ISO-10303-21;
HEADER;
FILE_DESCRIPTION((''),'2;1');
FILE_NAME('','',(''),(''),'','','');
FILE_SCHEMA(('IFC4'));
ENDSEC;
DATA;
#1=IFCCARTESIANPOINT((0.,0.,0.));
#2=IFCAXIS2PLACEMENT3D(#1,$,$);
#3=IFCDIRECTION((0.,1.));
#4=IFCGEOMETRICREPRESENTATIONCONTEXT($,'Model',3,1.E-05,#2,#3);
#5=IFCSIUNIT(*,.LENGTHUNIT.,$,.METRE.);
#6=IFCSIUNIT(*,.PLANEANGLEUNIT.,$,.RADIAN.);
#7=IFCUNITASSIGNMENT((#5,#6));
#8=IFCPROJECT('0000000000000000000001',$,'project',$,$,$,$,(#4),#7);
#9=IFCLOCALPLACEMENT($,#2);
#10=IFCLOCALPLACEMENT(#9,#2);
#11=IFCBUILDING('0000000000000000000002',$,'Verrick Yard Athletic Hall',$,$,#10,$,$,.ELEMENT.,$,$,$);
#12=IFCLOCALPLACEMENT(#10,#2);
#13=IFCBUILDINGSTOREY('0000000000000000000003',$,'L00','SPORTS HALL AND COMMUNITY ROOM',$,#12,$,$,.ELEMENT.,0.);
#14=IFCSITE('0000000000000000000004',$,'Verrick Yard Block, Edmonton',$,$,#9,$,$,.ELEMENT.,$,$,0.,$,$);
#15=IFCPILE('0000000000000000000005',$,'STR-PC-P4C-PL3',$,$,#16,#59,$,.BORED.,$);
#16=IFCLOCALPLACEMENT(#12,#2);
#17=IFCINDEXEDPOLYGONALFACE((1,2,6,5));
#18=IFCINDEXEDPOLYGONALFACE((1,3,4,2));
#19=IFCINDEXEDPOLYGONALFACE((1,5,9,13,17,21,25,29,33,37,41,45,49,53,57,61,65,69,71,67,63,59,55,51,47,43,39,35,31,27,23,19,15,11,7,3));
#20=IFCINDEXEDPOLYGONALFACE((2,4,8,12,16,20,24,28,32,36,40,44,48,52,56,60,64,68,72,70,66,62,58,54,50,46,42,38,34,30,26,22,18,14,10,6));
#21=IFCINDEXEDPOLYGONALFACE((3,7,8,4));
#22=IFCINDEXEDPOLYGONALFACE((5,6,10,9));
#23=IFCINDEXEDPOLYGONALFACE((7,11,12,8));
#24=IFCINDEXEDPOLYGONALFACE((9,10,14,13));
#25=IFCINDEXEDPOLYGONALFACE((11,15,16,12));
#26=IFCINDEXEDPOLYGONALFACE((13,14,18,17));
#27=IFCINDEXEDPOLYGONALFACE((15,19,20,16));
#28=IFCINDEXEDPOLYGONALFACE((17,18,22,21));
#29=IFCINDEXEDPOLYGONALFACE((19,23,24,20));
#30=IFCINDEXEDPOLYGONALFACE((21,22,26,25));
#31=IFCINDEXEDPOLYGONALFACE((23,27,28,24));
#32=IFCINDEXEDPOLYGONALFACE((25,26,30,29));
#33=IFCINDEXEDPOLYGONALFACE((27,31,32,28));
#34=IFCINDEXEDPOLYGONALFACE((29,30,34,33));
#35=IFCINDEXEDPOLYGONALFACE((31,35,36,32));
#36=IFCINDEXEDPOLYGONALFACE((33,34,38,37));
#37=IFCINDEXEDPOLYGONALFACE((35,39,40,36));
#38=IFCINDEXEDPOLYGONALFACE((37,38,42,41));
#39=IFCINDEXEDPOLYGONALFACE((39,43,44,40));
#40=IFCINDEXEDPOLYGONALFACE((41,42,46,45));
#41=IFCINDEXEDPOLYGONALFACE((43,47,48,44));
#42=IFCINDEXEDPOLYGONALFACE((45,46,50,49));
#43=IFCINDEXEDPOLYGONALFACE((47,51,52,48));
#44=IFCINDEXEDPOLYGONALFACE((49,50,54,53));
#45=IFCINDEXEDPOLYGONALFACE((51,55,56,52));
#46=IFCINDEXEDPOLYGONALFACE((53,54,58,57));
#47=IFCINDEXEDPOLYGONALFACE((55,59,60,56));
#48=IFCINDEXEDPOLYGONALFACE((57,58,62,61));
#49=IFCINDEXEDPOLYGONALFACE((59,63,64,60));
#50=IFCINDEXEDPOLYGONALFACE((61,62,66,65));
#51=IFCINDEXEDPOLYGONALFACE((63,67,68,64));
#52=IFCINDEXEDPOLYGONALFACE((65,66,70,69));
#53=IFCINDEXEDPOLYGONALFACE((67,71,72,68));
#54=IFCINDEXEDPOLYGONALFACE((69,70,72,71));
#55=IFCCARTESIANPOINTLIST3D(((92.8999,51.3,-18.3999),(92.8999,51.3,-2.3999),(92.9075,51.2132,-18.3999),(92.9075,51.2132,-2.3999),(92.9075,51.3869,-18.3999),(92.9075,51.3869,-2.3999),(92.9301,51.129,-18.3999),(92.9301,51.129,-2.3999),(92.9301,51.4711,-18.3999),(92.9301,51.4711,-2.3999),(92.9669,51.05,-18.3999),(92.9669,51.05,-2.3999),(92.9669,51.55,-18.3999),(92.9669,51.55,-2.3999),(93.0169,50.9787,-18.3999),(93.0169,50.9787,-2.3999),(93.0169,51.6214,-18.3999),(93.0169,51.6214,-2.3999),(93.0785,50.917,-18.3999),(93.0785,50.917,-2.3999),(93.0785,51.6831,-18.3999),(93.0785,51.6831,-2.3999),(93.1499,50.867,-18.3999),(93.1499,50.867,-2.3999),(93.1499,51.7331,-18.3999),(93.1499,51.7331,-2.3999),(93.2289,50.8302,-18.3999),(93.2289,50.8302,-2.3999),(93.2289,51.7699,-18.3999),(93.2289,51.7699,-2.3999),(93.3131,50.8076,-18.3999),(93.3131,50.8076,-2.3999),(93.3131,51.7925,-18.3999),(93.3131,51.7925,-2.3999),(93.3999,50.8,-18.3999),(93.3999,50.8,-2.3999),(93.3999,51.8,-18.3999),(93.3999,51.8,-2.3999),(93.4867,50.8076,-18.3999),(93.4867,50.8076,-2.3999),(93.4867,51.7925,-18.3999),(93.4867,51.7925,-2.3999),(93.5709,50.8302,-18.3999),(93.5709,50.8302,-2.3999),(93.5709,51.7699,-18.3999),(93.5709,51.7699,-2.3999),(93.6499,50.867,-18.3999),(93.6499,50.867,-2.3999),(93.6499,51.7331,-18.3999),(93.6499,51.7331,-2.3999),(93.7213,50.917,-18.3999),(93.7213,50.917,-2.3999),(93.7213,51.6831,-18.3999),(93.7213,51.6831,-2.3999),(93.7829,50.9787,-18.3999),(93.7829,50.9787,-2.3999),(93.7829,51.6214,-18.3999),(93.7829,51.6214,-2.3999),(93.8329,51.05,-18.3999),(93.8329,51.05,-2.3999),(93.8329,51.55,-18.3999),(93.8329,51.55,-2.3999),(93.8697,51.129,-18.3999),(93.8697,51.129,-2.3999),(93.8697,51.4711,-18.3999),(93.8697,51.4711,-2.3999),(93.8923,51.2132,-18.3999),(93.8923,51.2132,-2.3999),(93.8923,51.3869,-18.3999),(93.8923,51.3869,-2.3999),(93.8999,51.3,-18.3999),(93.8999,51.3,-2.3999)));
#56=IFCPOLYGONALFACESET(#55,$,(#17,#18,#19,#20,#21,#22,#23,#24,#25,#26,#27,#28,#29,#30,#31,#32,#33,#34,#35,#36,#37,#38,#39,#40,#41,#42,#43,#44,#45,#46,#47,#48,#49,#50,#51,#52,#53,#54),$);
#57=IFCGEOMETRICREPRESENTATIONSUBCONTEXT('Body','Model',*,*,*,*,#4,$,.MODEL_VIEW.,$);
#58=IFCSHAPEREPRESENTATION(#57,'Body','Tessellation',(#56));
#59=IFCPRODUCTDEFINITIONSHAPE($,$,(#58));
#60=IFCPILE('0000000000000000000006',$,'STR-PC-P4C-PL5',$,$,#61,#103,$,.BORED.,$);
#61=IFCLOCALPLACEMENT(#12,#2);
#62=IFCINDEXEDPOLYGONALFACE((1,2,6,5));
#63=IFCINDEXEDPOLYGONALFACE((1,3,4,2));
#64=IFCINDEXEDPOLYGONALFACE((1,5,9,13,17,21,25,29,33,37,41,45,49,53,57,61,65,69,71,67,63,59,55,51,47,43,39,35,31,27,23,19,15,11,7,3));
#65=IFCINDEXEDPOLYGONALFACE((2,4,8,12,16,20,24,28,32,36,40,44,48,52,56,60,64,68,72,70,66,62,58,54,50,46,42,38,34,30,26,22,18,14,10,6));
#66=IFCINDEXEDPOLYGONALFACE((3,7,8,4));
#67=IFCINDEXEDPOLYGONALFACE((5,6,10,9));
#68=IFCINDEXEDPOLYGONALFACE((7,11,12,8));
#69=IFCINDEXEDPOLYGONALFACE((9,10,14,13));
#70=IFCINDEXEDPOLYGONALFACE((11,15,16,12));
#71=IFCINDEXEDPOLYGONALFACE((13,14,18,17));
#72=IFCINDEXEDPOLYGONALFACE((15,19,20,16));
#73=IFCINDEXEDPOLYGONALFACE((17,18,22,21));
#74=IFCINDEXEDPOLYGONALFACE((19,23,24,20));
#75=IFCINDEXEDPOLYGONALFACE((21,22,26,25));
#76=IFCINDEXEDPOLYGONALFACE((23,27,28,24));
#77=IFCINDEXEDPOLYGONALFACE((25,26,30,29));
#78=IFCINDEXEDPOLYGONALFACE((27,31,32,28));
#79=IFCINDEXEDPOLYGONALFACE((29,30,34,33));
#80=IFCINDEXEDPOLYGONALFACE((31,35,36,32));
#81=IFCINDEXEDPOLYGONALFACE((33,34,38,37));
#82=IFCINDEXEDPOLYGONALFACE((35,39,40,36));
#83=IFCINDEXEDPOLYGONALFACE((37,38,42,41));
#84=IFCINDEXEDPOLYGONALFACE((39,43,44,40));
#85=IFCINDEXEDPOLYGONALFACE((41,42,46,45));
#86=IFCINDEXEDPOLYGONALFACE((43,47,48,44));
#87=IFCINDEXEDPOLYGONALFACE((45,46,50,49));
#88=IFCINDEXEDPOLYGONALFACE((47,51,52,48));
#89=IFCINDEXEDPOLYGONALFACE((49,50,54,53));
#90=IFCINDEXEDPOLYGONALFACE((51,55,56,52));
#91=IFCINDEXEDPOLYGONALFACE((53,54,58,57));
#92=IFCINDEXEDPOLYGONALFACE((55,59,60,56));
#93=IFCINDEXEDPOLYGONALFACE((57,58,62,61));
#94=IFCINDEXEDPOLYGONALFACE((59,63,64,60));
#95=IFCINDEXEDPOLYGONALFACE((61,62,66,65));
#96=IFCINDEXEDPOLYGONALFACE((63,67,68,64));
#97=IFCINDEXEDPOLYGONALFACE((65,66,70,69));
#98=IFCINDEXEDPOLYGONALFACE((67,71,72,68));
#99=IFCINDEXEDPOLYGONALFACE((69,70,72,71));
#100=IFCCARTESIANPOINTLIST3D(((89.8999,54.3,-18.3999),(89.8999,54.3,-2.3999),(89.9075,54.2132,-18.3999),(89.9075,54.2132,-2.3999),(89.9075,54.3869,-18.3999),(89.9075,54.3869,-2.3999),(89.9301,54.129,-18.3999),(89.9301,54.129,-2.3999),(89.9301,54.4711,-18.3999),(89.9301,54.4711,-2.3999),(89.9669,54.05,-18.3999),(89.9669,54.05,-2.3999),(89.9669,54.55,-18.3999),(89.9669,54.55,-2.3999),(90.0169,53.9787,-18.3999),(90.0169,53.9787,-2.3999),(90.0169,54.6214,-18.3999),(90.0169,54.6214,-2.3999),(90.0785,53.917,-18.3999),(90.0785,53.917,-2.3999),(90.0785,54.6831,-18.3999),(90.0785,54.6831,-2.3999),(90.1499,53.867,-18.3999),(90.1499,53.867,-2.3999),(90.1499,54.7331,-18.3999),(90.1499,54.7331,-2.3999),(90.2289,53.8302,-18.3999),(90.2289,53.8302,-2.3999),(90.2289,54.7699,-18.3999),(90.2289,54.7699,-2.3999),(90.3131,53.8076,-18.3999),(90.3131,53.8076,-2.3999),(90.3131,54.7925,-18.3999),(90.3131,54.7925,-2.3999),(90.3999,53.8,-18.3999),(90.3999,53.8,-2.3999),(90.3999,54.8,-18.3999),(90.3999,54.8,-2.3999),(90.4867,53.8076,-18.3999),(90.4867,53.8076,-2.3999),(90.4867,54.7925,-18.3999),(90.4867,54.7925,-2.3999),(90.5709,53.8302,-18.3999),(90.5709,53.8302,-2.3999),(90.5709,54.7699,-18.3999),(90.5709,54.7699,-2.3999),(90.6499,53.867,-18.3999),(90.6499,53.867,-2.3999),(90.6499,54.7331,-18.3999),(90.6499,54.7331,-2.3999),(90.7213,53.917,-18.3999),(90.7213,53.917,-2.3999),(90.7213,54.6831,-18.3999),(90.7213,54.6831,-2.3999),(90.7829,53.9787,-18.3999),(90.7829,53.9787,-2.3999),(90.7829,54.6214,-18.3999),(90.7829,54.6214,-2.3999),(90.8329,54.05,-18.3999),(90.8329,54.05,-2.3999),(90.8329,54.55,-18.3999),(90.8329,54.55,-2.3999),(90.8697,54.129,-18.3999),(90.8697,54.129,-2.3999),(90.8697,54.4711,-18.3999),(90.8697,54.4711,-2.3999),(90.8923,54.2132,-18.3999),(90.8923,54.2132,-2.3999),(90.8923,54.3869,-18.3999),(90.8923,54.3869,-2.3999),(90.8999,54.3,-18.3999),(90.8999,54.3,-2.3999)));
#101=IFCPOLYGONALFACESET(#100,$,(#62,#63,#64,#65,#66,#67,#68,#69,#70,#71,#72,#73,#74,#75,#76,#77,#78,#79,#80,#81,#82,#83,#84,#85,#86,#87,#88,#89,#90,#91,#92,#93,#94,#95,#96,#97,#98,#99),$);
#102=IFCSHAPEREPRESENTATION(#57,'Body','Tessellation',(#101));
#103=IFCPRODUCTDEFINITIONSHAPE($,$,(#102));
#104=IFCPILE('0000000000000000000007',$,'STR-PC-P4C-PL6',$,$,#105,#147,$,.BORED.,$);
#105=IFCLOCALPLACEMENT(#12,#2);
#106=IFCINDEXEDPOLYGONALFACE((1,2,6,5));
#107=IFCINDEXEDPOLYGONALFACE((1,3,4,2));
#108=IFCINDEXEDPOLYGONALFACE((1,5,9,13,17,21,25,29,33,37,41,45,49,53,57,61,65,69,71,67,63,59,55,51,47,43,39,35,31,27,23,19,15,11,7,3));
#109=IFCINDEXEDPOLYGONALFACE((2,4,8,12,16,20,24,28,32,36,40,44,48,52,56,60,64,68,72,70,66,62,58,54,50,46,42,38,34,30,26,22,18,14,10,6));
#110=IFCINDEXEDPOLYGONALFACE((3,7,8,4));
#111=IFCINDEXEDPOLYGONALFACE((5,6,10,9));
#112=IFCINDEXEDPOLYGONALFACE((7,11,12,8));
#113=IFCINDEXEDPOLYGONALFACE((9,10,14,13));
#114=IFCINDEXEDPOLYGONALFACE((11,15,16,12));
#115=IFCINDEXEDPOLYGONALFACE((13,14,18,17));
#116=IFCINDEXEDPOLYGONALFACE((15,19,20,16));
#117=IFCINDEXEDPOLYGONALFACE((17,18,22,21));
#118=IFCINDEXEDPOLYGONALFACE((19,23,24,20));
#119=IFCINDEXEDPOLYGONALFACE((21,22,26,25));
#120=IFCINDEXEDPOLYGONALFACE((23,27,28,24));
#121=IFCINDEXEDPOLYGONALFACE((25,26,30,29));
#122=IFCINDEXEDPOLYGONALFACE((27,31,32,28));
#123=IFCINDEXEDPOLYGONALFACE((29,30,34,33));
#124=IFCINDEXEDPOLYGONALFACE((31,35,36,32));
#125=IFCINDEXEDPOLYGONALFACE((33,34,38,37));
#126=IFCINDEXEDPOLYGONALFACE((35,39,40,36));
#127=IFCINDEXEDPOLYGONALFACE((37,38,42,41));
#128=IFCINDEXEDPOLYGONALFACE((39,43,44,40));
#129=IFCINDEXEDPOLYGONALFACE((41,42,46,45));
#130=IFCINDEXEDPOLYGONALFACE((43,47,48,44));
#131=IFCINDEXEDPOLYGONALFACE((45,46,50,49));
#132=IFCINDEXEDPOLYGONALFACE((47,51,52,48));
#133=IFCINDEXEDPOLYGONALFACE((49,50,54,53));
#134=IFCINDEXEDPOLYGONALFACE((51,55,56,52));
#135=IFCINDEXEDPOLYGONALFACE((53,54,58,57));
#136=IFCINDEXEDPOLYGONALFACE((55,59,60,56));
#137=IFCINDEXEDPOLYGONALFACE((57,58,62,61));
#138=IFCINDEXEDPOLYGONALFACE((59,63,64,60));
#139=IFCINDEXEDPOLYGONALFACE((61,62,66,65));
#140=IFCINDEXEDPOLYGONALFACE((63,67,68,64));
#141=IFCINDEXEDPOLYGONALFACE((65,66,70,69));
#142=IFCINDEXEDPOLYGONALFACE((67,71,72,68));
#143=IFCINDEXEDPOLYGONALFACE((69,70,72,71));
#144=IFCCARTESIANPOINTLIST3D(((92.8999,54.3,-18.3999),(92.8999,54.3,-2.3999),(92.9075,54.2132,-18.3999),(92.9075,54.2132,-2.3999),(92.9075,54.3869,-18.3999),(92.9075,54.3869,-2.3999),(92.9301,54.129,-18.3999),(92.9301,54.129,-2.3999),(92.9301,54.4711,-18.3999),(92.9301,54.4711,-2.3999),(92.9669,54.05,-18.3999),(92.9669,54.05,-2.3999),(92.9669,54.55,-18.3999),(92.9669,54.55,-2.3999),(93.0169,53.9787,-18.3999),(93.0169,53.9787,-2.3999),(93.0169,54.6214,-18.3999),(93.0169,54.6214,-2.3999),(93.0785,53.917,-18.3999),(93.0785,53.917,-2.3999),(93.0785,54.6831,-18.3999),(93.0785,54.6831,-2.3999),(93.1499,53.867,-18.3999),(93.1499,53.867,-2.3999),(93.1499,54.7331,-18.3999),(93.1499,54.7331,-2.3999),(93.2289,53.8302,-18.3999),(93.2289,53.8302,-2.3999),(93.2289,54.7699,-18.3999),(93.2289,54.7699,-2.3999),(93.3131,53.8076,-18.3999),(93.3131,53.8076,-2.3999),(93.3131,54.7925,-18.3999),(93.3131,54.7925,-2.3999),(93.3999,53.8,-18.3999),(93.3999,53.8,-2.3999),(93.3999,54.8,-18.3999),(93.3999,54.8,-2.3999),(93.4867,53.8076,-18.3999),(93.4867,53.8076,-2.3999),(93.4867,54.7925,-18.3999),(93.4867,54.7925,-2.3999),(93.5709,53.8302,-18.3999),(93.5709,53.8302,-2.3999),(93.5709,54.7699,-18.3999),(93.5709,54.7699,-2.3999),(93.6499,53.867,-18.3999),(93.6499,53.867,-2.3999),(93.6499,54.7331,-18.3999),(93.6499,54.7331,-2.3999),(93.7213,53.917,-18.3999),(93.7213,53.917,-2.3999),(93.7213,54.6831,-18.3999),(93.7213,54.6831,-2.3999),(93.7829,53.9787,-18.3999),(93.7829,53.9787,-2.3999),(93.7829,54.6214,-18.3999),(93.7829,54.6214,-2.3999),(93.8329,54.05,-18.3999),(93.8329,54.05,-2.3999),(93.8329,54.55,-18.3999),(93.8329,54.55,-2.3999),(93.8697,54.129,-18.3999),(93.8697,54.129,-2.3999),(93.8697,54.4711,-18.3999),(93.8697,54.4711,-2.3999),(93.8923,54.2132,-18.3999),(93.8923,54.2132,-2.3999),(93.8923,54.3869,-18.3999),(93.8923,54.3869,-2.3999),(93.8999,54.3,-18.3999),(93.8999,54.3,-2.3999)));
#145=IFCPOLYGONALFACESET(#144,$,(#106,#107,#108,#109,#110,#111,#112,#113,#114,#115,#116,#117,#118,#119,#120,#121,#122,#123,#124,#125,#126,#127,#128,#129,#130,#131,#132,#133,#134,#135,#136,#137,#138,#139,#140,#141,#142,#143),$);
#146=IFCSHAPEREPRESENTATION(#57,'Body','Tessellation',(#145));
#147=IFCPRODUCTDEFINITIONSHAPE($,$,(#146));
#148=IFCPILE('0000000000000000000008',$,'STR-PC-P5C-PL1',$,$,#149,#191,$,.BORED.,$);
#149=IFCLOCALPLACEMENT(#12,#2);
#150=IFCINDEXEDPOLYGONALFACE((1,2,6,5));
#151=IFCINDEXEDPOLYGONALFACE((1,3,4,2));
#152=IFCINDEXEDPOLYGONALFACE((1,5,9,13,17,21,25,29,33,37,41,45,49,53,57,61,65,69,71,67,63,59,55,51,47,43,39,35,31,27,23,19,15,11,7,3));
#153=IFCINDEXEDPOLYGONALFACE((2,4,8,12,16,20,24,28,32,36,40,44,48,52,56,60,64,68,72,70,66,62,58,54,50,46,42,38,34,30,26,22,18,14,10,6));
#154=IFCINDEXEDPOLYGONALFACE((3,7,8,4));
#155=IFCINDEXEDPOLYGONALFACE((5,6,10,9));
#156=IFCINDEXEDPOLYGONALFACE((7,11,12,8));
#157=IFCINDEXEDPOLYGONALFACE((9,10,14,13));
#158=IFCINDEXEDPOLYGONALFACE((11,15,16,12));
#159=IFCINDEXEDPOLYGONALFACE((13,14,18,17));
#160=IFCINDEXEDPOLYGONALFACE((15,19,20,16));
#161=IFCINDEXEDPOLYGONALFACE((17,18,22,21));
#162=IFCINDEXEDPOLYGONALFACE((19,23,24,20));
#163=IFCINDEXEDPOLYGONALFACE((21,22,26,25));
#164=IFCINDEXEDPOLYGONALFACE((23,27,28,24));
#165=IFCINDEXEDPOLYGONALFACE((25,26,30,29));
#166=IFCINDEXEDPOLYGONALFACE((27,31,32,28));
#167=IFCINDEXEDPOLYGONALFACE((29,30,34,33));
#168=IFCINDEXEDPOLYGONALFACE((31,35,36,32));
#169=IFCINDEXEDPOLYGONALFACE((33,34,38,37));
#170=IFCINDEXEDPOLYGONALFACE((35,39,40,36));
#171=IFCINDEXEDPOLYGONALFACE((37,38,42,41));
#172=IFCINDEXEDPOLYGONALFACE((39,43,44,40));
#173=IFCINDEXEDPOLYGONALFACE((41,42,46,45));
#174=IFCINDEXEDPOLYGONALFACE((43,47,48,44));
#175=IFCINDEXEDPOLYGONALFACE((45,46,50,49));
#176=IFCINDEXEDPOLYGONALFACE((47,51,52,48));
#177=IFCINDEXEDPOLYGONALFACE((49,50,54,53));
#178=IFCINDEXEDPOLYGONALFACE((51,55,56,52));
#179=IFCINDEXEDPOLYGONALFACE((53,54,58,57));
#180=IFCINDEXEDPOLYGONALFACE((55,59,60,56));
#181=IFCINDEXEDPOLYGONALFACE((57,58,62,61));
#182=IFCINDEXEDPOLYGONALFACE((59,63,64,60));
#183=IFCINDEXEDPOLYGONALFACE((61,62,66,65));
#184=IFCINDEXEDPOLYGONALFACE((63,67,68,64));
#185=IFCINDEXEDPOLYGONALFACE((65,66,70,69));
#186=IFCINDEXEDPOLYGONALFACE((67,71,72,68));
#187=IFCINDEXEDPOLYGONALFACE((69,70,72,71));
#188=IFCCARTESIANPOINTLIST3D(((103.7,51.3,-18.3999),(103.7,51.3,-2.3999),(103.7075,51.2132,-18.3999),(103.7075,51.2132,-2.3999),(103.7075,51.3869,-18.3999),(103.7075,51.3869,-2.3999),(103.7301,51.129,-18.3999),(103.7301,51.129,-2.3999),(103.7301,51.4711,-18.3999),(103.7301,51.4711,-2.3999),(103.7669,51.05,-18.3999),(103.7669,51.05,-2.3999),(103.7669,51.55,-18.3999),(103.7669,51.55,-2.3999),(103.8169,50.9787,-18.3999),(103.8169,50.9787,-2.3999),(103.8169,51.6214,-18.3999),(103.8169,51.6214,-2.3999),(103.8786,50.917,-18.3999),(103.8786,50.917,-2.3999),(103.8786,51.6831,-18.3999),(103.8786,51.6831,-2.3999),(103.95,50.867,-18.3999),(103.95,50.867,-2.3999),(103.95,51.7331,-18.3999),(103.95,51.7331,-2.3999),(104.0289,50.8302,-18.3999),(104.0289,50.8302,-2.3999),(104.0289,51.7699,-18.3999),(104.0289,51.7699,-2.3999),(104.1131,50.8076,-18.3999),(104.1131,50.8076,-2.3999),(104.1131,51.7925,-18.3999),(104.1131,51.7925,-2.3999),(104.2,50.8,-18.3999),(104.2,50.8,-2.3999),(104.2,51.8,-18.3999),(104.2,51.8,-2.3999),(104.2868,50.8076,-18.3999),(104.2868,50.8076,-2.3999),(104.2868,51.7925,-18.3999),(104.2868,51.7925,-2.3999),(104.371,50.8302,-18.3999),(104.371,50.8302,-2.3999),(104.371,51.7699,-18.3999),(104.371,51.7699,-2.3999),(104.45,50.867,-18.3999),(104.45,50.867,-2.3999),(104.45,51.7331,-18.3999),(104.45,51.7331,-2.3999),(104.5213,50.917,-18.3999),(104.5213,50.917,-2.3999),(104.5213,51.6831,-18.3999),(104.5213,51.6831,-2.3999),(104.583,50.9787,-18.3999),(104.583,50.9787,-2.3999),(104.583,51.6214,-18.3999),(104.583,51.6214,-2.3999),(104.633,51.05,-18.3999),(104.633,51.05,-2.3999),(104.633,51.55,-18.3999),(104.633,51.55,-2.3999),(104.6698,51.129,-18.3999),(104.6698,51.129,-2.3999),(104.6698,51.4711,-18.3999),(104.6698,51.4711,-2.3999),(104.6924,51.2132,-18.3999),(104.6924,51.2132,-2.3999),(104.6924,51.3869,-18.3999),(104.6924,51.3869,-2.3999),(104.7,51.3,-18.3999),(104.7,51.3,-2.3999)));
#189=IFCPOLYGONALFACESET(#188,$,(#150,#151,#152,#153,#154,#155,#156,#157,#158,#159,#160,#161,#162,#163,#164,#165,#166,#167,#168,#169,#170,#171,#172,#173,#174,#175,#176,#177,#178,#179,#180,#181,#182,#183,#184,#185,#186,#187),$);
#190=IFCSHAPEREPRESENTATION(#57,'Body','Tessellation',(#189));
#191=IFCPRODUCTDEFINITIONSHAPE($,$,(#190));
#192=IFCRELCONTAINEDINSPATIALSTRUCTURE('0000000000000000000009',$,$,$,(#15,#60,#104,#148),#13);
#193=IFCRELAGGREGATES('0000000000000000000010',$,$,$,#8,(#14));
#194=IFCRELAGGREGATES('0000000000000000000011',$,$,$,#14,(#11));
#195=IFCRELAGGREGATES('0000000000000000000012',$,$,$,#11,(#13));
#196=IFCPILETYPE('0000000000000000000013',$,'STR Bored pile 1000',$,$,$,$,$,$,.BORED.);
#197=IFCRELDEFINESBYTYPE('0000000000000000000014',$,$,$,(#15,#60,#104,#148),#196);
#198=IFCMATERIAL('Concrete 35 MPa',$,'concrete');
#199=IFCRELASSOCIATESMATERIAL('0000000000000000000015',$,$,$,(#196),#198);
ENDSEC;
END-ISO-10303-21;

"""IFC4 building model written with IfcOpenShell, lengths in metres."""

from ifc_helpers import new_model, si_unit, direction, frame, origin, origin_2d, place, context, subcontext, project, spatial, circle, extrude, material, type_object, element, save


model = new_model("IFC4")

# Units and contexts
model_context = context("Model", 3, precision=1e-05, world=origin(), true_north=direction((0.0, 1.0)))
body_context = subcontext(model_context, "Body", "Model", "MODEL_VIEW")
ifc_project = project(units=[si_unit("LENGTHUNIT", "METRE"), si_unit("PLANEANGLEUNIT", "RADIAN")], contexts=[model_context])

# Site, building, storey
site_placement = place(None, origin())
site = spatial("IfcSite", under=ifc_project, at=site_placement, Name="Verrick Yard Block, Edmonton", CompositionType="ELEMENT", RefElevation=0.0)
building_placement = place(site_placement, origin())
building = spatial("IfcBuilding", under=site, at=building_placement, Name="Verrick Yard Athletic Hall", CompositionType="ELEMENT")
storey_placement = place(building_placement, origin())
storey = spatial("IfcBuildingStorey", under=building, at=storey_placement, Name="L00", Description="SPORTS HALL AND COMMUNITY ROOM", CompositionType="ELEMENT", Elevation=0.0)

# Piles
ifc_material_1 = material(Name="Concrete 35 MPa", Category="concrete")
pile_type_1 = type_object("IfcPileType", Name="STR Bored pile 1000", PredefinedType="BORED", material=ifc_material_1)
for number, where, z_axis, x_axis, name in (
    (1, (93.3999, 51.3, -2.3999), (0.0, 0.0, -1.0), (1.0, 0.0, 0.0), "STR-PC-P4C-PL3"),
    (2, (90.3999, 54.3, -2.3999), (0.0, 0.0, -1.0), (1.0, 0.0, 0.0), "STR-PC-P4C-PL5"),
    (3, (93.3999, 54.3, -2.3999), (0.0, 0.0, -1.0), (1.0, 0.0, 0.0), "STR-PC-P4C-PL6"),
    (4, (104.2, 51.3, -2.3999), (0.0, 0.0, -1.0), (1.0, 0.0, 0.0), "STR-PC-P5C-PL1"),
):
    element("IfcPile", number, at=place(storey_placement, frame(where, z_axis=z_axis, x_axis=x_axis)), inside=storey, type_object=pile_type_1, Name=name, PredefinedType="BORED", context=body_context, shape_type="SweptSolid", body=[
        extrude(circle(Radius=0.5, at=origin_2d()), origin(), (0.0, 0.0, 1.0), 16.0),
    ])

save(model, "model.ifc")
